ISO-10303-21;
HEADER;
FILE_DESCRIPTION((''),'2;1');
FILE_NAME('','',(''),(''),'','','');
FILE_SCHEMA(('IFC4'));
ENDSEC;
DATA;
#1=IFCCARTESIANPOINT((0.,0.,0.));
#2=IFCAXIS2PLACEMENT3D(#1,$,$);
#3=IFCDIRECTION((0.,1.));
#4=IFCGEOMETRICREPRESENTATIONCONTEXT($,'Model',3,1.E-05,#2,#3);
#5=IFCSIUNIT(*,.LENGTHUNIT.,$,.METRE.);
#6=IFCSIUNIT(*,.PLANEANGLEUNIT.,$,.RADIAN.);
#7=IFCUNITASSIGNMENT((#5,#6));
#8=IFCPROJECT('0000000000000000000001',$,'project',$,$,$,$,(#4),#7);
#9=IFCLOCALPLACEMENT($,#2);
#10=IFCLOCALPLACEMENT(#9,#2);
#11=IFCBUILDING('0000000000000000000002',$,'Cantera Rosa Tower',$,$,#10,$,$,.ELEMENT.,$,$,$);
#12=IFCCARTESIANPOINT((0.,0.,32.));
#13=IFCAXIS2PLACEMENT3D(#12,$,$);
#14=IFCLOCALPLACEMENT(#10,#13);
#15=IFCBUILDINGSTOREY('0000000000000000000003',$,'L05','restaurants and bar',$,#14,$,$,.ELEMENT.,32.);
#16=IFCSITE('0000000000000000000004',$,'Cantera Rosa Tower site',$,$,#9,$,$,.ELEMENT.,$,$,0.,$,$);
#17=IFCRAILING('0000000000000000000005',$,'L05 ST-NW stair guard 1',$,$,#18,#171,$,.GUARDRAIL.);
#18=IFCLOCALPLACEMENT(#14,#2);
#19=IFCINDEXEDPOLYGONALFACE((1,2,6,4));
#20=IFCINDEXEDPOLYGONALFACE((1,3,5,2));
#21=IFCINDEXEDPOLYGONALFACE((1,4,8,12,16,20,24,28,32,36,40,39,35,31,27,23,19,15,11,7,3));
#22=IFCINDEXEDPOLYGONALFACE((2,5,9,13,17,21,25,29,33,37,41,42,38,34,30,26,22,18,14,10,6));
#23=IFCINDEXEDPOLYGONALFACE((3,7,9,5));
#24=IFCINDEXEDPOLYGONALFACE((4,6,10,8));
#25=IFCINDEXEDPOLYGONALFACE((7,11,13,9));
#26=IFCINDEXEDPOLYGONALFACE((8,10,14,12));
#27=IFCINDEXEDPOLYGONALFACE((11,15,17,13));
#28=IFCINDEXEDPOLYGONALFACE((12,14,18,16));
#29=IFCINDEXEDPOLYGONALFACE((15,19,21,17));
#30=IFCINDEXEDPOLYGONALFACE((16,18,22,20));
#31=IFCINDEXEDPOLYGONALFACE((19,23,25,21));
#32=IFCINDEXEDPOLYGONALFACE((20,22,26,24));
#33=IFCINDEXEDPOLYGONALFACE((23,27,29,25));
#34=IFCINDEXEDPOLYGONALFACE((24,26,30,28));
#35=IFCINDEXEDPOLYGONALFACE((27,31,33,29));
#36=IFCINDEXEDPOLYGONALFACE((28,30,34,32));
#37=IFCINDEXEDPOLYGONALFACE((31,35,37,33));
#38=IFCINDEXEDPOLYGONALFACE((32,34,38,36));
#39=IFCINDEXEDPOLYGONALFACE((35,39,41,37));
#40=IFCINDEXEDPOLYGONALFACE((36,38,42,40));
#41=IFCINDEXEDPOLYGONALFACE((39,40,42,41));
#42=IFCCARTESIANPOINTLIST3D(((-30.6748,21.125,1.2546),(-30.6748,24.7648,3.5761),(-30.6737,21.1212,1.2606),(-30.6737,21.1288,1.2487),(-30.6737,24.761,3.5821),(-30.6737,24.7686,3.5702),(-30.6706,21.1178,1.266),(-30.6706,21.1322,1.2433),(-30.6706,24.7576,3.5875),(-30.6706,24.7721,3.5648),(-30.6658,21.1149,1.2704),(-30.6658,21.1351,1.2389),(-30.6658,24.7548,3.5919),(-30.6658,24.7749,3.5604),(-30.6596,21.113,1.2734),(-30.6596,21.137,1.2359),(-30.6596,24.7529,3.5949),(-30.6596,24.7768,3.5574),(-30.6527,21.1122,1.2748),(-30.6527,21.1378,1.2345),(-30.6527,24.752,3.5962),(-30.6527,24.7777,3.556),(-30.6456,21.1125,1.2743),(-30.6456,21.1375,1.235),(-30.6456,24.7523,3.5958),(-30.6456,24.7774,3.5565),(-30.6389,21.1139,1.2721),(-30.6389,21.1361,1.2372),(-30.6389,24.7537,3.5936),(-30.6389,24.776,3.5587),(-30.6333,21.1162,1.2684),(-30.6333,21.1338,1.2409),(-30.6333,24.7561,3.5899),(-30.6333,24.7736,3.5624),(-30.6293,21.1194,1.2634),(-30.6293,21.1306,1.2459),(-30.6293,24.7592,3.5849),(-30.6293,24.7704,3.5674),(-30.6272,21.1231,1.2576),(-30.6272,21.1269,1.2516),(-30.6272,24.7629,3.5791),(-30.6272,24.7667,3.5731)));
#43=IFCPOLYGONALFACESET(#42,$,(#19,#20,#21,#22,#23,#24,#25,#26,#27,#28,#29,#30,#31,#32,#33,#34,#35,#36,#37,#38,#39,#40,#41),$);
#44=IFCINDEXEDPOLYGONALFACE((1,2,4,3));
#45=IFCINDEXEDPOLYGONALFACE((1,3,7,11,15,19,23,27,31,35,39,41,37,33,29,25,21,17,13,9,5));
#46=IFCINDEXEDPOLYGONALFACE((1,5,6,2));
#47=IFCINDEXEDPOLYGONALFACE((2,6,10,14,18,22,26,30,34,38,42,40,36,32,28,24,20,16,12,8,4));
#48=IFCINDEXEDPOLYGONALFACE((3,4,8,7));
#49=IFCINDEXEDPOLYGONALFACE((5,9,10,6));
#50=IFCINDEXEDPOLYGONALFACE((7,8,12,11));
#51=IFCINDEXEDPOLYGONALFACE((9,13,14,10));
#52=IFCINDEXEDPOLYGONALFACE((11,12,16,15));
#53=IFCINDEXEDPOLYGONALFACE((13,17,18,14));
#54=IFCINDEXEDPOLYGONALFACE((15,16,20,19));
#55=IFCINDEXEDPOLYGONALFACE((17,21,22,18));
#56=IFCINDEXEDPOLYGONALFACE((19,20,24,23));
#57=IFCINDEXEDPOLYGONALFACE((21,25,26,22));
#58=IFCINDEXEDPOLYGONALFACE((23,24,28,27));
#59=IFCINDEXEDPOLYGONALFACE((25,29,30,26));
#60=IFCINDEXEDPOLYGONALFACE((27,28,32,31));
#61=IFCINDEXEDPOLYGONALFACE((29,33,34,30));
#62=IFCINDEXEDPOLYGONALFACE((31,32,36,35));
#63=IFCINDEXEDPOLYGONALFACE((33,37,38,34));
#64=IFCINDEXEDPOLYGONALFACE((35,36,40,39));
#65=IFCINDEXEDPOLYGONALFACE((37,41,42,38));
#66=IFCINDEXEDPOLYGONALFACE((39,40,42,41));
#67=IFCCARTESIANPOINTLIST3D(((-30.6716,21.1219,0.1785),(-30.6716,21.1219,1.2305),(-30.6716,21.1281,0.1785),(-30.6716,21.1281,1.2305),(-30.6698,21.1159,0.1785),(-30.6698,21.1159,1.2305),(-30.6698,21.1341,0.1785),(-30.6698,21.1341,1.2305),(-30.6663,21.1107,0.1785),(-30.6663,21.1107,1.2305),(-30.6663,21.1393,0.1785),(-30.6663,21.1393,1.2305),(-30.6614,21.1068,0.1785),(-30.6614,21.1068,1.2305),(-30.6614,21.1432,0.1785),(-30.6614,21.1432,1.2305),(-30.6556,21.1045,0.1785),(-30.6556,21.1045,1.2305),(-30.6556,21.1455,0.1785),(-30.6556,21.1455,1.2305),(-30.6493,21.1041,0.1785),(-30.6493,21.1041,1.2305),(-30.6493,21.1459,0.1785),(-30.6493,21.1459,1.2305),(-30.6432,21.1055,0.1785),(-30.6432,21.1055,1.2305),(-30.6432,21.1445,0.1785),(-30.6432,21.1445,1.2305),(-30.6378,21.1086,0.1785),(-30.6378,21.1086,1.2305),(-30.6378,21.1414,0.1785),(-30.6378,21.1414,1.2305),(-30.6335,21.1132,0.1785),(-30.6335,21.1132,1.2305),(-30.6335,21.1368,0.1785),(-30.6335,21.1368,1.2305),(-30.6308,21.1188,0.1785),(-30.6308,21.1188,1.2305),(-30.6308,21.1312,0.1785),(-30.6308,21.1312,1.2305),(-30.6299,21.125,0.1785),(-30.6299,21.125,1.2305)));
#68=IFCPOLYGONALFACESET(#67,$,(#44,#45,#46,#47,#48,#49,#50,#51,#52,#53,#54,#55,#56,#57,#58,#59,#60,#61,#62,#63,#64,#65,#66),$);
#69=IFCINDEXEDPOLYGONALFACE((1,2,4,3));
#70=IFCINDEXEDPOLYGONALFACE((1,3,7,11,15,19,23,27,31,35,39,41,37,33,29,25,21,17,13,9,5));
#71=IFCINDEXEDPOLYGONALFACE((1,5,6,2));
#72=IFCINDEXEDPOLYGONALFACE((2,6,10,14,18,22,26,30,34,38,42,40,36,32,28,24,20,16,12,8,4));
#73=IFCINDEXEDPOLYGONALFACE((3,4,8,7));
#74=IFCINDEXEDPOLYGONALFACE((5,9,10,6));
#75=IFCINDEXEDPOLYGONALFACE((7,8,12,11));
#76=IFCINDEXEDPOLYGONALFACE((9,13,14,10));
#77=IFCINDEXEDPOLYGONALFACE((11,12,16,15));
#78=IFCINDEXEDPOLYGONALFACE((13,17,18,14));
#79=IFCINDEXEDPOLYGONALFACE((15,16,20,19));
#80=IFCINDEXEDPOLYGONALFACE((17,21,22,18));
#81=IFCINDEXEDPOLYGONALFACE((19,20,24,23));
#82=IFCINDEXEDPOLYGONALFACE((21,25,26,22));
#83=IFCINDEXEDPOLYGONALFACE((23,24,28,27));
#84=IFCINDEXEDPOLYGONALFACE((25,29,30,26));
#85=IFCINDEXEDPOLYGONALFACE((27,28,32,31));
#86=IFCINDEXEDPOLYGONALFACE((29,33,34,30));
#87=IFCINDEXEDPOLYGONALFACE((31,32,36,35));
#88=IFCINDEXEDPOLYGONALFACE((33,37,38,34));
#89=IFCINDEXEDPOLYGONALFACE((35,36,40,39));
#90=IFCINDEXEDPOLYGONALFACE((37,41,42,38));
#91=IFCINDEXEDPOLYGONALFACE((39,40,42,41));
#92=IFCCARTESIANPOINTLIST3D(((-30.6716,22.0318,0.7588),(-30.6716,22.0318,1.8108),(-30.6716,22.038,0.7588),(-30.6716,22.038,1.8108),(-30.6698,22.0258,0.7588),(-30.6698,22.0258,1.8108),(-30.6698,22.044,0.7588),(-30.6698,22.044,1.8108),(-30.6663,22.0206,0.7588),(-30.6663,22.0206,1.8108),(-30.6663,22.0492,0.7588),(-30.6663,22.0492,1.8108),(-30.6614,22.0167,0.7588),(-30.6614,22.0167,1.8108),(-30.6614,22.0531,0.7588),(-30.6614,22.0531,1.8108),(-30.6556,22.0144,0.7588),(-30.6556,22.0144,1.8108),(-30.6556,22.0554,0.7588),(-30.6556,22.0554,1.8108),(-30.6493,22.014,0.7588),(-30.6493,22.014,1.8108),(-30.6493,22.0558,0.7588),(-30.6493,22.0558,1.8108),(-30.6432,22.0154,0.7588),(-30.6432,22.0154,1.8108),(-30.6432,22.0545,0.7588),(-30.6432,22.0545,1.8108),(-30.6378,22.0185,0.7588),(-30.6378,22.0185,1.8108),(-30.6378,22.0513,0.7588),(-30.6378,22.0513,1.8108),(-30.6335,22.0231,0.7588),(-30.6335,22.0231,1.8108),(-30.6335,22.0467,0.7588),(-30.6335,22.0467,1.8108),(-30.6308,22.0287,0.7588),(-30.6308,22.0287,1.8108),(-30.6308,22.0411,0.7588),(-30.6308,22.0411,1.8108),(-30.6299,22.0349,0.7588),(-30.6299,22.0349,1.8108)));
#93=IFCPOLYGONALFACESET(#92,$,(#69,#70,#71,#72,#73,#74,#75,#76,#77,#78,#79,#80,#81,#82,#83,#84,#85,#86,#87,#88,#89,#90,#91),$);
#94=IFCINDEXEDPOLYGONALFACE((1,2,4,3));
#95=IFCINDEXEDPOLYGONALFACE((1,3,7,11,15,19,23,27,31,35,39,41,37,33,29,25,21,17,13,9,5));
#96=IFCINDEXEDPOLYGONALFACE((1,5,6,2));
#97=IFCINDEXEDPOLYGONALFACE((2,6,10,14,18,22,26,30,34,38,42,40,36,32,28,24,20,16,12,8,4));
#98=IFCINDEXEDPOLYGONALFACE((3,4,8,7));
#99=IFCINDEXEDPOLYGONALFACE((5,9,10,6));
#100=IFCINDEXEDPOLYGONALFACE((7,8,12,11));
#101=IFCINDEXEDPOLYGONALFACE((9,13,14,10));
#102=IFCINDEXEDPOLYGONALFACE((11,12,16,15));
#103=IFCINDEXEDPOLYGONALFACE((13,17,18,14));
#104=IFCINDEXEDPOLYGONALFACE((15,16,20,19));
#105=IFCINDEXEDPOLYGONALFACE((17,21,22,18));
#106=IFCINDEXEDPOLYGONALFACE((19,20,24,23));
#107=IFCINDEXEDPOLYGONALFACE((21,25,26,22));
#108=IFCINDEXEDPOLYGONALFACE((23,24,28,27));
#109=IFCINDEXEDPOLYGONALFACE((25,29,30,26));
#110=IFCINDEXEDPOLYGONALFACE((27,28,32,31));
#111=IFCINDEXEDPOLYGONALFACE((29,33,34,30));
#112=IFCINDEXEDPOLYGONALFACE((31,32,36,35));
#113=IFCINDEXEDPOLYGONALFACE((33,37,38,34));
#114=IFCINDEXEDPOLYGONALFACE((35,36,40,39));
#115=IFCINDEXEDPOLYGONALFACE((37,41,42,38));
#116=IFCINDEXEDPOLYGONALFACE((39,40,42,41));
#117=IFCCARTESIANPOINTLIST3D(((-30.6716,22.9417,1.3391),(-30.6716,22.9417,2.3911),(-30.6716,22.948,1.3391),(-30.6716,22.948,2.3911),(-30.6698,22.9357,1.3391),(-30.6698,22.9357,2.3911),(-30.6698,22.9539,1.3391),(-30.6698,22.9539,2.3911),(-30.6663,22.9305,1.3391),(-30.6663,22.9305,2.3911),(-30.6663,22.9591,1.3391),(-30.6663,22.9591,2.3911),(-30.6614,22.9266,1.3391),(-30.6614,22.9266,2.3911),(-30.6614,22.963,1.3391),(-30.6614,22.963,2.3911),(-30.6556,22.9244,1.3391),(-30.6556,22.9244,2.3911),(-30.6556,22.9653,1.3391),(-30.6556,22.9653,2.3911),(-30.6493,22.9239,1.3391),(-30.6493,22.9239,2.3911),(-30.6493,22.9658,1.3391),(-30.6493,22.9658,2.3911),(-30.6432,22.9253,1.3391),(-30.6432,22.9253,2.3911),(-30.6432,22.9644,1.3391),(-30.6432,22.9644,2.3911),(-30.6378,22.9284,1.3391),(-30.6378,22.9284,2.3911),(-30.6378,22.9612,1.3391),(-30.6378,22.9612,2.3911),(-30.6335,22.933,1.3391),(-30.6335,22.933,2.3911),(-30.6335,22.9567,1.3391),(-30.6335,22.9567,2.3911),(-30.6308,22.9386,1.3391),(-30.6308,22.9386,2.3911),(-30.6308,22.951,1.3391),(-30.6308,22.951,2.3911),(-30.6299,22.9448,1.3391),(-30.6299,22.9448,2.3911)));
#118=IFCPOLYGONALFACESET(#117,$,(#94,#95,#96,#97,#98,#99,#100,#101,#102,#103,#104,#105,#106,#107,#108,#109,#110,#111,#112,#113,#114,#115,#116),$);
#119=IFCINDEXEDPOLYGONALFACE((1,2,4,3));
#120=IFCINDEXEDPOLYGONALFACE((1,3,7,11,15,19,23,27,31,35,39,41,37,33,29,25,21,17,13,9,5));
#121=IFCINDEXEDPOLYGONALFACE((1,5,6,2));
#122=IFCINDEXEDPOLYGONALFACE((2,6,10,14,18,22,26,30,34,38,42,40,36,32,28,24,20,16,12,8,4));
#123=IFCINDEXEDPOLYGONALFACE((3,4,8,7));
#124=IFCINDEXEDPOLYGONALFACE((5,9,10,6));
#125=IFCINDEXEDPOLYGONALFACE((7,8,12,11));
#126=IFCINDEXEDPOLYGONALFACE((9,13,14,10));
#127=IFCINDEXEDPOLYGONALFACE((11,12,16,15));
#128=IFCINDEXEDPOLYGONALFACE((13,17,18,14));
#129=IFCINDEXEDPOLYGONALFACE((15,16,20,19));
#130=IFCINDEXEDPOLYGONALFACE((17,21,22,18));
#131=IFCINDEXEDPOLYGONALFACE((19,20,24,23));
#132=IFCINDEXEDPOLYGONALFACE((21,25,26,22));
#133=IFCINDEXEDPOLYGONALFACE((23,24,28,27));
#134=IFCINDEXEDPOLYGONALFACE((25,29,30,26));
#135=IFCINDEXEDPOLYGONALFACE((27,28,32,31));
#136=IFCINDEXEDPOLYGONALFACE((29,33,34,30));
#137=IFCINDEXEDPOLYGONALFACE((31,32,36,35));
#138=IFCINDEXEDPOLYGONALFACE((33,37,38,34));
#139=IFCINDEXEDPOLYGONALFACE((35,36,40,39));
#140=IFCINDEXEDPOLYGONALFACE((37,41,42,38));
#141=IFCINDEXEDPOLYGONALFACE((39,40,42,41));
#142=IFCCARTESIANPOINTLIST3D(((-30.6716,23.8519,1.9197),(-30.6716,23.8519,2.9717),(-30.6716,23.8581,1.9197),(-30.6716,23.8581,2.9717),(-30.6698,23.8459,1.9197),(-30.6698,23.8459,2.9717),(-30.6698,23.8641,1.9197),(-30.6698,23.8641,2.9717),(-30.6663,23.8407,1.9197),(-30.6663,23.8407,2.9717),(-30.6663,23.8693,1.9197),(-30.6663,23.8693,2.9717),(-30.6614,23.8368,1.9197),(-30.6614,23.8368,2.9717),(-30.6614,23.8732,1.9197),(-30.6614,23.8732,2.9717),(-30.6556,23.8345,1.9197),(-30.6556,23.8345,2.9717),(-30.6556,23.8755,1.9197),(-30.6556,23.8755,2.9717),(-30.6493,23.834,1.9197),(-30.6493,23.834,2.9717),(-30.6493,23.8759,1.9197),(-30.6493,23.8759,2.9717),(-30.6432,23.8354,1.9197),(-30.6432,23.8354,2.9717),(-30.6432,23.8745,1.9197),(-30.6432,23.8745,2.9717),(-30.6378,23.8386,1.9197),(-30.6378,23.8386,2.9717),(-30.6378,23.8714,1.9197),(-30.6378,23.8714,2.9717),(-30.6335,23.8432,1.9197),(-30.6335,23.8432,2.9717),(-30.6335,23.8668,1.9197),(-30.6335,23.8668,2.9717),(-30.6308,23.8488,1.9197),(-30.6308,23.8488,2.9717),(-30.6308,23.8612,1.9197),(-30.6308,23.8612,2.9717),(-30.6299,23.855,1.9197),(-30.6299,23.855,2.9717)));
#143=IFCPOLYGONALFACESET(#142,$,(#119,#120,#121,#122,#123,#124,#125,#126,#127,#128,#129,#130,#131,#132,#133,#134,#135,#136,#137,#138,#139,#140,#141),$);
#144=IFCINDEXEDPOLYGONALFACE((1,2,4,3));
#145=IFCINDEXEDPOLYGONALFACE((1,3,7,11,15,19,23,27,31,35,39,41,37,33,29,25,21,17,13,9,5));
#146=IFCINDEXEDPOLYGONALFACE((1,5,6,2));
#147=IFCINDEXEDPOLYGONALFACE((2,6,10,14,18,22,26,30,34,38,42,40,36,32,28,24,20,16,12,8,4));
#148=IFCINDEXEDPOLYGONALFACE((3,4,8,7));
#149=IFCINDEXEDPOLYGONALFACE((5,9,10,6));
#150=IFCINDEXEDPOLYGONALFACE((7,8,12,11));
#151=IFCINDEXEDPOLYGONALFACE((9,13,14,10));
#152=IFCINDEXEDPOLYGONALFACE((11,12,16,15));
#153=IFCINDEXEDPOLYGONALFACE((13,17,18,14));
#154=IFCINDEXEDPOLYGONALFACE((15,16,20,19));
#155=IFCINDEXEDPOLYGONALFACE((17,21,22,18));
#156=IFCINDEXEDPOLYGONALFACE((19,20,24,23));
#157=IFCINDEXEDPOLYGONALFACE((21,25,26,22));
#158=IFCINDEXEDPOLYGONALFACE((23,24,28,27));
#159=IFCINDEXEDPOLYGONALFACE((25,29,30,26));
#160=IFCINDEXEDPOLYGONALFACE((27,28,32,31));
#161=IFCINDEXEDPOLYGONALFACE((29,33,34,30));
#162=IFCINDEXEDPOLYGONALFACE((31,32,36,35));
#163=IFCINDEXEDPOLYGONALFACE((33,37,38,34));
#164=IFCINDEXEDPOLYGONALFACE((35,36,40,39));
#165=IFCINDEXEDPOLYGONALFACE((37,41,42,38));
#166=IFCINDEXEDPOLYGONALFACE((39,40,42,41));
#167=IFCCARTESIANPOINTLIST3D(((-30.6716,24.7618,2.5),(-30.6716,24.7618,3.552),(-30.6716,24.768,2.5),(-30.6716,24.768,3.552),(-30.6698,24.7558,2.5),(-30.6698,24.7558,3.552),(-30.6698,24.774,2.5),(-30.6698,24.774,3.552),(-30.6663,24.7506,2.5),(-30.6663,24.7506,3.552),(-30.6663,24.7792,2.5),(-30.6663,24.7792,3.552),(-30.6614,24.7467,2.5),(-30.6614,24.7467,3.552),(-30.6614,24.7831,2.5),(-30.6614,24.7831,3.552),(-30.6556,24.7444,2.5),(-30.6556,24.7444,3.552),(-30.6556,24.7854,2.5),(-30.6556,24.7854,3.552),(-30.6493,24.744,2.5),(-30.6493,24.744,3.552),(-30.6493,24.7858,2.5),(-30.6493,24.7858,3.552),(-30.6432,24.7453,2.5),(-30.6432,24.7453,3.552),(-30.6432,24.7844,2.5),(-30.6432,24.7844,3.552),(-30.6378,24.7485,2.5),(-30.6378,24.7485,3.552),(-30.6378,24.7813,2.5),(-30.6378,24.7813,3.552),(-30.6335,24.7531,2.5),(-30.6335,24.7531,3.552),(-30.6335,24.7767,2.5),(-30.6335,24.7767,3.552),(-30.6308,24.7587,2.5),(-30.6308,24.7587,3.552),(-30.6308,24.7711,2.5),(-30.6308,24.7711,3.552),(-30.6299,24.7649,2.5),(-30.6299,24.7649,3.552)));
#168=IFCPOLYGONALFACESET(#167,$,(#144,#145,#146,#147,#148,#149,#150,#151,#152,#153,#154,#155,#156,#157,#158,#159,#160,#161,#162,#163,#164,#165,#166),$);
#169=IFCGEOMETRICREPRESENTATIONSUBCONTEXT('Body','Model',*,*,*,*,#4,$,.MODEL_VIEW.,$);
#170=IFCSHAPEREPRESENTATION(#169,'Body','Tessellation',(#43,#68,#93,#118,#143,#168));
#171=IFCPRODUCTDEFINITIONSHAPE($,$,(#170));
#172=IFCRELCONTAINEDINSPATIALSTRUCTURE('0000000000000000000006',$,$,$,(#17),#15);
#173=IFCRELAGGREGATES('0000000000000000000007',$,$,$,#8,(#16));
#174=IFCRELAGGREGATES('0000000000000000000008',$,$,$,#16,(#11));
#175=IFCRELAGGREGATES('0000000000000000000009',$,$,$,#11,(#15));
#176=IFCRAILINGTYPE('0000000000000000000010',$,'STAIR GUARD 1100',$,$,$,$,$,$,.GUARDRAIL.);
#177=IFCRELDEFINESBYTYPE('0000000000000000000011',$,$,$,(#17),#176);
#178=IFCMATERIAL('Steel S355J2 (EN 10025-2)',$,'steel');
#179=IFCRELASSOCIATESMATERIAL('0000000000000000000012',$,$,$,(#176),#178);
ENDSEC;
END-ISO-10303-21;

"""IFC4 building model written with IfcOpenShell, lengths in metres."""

from ifc_helpers import new_model, si_unit, direction, frame, origin, origin_2d, place, context, subcontext, project, spatial, circle, extrude, material, type_object, element, save


model = new_model("IFC4")

# Units and contexts
model_context = context("Model", 3, precision=1e-05, world=origin(), true_north=direction((0.0, 1.0)))
body_context = subcontext(model_context, "Body", "Model", "MODEL_VIEW")
ifc_project = project(units=[si_unit("LENGTHUNIT", "METRE"), si_unit("PLANEANGLEUNIT", "RADIAN")], contexts=[model_context])

# Site, building, storey
site_placement = place(None, origin())
site = spatial("IfcSite", under=ifc_project, at=site_placement, Name="Cantera Rosa Tower site", CompositionType="ELEMENT", RefElevation=0.0)
building_placement = place(site_placement, origin())
building = spatial("IfcBuilding", under=site, at=building_placement, Name="Cantera Rosa Tower", CompositionType="ELEMENT")
storey_placement = place(building_placement, frame((0.0, 0.0, 32.0)))
storey = spatial("IfcBuildingStorey", under=building, at=storey_placement, Name="L05", Description="restaurants and bar", CompositionType="ELEMENT", Elevation=32.0)

# Railing
ifc_material_1 = material(Name="Steel S355J2 (EN 10025-2)", Category="steel")
railing_type_1 = type_object("IfcRailingType", Name="STAIR GUARD 1100", PredefinedType="GUARDRAIL", material=ifc_material_1)
railing_1_placement = place(storey_placement, frame((-30.6509, 21.125, 0.1785)))
element("IfcRailing", 1, at=railing_1_placement, inside=storey, type_object=railing_type_1, Name="L05 ST-NW stair guard 1", PredefinedType="GUARDRAIL", context=body_context, shape_type="SweptSolid", body=[
    extrude(circle(Radius=0.0239, at=origin_2d()), frame((0.0, 0.0, 1.0762), z_axis=(0.0, 0.843112, 0.537739), x_axis=(-1.0, 0.0, 0.0)), (0.0, 0.0, 1.0), 4.3171),
    extrude(circle(Radius=0.021, at=origin_2d()), origin(), (0.0, 0.0, 1.0), 1.052),
    extrude(circle(Radius=0.021, at=origin_2d()), frame((0.0, 0.9099, 0.5803)), (0.0, 0.0, 1.0), 1.052),
    extrude(circle(Radius=0.021, at=origin_2d()), frame((0.0, 1.8198, 1.1606)), (0.0, 0.0, 1.0), 1.052),
    extrude(circle(Radius=0.021, at=origin_2d()), frame((0.0, 2.73, 1.7412)), (0.0, 0.0, 1.0), 1.052),
    extrude(circle(Radius=0.021, at=origin_2d()), frame((0.0, 3.6399, 2.3215)), (0.0, 0.0, 1.0), 1.052),
])

save(model, "model.ifc")
